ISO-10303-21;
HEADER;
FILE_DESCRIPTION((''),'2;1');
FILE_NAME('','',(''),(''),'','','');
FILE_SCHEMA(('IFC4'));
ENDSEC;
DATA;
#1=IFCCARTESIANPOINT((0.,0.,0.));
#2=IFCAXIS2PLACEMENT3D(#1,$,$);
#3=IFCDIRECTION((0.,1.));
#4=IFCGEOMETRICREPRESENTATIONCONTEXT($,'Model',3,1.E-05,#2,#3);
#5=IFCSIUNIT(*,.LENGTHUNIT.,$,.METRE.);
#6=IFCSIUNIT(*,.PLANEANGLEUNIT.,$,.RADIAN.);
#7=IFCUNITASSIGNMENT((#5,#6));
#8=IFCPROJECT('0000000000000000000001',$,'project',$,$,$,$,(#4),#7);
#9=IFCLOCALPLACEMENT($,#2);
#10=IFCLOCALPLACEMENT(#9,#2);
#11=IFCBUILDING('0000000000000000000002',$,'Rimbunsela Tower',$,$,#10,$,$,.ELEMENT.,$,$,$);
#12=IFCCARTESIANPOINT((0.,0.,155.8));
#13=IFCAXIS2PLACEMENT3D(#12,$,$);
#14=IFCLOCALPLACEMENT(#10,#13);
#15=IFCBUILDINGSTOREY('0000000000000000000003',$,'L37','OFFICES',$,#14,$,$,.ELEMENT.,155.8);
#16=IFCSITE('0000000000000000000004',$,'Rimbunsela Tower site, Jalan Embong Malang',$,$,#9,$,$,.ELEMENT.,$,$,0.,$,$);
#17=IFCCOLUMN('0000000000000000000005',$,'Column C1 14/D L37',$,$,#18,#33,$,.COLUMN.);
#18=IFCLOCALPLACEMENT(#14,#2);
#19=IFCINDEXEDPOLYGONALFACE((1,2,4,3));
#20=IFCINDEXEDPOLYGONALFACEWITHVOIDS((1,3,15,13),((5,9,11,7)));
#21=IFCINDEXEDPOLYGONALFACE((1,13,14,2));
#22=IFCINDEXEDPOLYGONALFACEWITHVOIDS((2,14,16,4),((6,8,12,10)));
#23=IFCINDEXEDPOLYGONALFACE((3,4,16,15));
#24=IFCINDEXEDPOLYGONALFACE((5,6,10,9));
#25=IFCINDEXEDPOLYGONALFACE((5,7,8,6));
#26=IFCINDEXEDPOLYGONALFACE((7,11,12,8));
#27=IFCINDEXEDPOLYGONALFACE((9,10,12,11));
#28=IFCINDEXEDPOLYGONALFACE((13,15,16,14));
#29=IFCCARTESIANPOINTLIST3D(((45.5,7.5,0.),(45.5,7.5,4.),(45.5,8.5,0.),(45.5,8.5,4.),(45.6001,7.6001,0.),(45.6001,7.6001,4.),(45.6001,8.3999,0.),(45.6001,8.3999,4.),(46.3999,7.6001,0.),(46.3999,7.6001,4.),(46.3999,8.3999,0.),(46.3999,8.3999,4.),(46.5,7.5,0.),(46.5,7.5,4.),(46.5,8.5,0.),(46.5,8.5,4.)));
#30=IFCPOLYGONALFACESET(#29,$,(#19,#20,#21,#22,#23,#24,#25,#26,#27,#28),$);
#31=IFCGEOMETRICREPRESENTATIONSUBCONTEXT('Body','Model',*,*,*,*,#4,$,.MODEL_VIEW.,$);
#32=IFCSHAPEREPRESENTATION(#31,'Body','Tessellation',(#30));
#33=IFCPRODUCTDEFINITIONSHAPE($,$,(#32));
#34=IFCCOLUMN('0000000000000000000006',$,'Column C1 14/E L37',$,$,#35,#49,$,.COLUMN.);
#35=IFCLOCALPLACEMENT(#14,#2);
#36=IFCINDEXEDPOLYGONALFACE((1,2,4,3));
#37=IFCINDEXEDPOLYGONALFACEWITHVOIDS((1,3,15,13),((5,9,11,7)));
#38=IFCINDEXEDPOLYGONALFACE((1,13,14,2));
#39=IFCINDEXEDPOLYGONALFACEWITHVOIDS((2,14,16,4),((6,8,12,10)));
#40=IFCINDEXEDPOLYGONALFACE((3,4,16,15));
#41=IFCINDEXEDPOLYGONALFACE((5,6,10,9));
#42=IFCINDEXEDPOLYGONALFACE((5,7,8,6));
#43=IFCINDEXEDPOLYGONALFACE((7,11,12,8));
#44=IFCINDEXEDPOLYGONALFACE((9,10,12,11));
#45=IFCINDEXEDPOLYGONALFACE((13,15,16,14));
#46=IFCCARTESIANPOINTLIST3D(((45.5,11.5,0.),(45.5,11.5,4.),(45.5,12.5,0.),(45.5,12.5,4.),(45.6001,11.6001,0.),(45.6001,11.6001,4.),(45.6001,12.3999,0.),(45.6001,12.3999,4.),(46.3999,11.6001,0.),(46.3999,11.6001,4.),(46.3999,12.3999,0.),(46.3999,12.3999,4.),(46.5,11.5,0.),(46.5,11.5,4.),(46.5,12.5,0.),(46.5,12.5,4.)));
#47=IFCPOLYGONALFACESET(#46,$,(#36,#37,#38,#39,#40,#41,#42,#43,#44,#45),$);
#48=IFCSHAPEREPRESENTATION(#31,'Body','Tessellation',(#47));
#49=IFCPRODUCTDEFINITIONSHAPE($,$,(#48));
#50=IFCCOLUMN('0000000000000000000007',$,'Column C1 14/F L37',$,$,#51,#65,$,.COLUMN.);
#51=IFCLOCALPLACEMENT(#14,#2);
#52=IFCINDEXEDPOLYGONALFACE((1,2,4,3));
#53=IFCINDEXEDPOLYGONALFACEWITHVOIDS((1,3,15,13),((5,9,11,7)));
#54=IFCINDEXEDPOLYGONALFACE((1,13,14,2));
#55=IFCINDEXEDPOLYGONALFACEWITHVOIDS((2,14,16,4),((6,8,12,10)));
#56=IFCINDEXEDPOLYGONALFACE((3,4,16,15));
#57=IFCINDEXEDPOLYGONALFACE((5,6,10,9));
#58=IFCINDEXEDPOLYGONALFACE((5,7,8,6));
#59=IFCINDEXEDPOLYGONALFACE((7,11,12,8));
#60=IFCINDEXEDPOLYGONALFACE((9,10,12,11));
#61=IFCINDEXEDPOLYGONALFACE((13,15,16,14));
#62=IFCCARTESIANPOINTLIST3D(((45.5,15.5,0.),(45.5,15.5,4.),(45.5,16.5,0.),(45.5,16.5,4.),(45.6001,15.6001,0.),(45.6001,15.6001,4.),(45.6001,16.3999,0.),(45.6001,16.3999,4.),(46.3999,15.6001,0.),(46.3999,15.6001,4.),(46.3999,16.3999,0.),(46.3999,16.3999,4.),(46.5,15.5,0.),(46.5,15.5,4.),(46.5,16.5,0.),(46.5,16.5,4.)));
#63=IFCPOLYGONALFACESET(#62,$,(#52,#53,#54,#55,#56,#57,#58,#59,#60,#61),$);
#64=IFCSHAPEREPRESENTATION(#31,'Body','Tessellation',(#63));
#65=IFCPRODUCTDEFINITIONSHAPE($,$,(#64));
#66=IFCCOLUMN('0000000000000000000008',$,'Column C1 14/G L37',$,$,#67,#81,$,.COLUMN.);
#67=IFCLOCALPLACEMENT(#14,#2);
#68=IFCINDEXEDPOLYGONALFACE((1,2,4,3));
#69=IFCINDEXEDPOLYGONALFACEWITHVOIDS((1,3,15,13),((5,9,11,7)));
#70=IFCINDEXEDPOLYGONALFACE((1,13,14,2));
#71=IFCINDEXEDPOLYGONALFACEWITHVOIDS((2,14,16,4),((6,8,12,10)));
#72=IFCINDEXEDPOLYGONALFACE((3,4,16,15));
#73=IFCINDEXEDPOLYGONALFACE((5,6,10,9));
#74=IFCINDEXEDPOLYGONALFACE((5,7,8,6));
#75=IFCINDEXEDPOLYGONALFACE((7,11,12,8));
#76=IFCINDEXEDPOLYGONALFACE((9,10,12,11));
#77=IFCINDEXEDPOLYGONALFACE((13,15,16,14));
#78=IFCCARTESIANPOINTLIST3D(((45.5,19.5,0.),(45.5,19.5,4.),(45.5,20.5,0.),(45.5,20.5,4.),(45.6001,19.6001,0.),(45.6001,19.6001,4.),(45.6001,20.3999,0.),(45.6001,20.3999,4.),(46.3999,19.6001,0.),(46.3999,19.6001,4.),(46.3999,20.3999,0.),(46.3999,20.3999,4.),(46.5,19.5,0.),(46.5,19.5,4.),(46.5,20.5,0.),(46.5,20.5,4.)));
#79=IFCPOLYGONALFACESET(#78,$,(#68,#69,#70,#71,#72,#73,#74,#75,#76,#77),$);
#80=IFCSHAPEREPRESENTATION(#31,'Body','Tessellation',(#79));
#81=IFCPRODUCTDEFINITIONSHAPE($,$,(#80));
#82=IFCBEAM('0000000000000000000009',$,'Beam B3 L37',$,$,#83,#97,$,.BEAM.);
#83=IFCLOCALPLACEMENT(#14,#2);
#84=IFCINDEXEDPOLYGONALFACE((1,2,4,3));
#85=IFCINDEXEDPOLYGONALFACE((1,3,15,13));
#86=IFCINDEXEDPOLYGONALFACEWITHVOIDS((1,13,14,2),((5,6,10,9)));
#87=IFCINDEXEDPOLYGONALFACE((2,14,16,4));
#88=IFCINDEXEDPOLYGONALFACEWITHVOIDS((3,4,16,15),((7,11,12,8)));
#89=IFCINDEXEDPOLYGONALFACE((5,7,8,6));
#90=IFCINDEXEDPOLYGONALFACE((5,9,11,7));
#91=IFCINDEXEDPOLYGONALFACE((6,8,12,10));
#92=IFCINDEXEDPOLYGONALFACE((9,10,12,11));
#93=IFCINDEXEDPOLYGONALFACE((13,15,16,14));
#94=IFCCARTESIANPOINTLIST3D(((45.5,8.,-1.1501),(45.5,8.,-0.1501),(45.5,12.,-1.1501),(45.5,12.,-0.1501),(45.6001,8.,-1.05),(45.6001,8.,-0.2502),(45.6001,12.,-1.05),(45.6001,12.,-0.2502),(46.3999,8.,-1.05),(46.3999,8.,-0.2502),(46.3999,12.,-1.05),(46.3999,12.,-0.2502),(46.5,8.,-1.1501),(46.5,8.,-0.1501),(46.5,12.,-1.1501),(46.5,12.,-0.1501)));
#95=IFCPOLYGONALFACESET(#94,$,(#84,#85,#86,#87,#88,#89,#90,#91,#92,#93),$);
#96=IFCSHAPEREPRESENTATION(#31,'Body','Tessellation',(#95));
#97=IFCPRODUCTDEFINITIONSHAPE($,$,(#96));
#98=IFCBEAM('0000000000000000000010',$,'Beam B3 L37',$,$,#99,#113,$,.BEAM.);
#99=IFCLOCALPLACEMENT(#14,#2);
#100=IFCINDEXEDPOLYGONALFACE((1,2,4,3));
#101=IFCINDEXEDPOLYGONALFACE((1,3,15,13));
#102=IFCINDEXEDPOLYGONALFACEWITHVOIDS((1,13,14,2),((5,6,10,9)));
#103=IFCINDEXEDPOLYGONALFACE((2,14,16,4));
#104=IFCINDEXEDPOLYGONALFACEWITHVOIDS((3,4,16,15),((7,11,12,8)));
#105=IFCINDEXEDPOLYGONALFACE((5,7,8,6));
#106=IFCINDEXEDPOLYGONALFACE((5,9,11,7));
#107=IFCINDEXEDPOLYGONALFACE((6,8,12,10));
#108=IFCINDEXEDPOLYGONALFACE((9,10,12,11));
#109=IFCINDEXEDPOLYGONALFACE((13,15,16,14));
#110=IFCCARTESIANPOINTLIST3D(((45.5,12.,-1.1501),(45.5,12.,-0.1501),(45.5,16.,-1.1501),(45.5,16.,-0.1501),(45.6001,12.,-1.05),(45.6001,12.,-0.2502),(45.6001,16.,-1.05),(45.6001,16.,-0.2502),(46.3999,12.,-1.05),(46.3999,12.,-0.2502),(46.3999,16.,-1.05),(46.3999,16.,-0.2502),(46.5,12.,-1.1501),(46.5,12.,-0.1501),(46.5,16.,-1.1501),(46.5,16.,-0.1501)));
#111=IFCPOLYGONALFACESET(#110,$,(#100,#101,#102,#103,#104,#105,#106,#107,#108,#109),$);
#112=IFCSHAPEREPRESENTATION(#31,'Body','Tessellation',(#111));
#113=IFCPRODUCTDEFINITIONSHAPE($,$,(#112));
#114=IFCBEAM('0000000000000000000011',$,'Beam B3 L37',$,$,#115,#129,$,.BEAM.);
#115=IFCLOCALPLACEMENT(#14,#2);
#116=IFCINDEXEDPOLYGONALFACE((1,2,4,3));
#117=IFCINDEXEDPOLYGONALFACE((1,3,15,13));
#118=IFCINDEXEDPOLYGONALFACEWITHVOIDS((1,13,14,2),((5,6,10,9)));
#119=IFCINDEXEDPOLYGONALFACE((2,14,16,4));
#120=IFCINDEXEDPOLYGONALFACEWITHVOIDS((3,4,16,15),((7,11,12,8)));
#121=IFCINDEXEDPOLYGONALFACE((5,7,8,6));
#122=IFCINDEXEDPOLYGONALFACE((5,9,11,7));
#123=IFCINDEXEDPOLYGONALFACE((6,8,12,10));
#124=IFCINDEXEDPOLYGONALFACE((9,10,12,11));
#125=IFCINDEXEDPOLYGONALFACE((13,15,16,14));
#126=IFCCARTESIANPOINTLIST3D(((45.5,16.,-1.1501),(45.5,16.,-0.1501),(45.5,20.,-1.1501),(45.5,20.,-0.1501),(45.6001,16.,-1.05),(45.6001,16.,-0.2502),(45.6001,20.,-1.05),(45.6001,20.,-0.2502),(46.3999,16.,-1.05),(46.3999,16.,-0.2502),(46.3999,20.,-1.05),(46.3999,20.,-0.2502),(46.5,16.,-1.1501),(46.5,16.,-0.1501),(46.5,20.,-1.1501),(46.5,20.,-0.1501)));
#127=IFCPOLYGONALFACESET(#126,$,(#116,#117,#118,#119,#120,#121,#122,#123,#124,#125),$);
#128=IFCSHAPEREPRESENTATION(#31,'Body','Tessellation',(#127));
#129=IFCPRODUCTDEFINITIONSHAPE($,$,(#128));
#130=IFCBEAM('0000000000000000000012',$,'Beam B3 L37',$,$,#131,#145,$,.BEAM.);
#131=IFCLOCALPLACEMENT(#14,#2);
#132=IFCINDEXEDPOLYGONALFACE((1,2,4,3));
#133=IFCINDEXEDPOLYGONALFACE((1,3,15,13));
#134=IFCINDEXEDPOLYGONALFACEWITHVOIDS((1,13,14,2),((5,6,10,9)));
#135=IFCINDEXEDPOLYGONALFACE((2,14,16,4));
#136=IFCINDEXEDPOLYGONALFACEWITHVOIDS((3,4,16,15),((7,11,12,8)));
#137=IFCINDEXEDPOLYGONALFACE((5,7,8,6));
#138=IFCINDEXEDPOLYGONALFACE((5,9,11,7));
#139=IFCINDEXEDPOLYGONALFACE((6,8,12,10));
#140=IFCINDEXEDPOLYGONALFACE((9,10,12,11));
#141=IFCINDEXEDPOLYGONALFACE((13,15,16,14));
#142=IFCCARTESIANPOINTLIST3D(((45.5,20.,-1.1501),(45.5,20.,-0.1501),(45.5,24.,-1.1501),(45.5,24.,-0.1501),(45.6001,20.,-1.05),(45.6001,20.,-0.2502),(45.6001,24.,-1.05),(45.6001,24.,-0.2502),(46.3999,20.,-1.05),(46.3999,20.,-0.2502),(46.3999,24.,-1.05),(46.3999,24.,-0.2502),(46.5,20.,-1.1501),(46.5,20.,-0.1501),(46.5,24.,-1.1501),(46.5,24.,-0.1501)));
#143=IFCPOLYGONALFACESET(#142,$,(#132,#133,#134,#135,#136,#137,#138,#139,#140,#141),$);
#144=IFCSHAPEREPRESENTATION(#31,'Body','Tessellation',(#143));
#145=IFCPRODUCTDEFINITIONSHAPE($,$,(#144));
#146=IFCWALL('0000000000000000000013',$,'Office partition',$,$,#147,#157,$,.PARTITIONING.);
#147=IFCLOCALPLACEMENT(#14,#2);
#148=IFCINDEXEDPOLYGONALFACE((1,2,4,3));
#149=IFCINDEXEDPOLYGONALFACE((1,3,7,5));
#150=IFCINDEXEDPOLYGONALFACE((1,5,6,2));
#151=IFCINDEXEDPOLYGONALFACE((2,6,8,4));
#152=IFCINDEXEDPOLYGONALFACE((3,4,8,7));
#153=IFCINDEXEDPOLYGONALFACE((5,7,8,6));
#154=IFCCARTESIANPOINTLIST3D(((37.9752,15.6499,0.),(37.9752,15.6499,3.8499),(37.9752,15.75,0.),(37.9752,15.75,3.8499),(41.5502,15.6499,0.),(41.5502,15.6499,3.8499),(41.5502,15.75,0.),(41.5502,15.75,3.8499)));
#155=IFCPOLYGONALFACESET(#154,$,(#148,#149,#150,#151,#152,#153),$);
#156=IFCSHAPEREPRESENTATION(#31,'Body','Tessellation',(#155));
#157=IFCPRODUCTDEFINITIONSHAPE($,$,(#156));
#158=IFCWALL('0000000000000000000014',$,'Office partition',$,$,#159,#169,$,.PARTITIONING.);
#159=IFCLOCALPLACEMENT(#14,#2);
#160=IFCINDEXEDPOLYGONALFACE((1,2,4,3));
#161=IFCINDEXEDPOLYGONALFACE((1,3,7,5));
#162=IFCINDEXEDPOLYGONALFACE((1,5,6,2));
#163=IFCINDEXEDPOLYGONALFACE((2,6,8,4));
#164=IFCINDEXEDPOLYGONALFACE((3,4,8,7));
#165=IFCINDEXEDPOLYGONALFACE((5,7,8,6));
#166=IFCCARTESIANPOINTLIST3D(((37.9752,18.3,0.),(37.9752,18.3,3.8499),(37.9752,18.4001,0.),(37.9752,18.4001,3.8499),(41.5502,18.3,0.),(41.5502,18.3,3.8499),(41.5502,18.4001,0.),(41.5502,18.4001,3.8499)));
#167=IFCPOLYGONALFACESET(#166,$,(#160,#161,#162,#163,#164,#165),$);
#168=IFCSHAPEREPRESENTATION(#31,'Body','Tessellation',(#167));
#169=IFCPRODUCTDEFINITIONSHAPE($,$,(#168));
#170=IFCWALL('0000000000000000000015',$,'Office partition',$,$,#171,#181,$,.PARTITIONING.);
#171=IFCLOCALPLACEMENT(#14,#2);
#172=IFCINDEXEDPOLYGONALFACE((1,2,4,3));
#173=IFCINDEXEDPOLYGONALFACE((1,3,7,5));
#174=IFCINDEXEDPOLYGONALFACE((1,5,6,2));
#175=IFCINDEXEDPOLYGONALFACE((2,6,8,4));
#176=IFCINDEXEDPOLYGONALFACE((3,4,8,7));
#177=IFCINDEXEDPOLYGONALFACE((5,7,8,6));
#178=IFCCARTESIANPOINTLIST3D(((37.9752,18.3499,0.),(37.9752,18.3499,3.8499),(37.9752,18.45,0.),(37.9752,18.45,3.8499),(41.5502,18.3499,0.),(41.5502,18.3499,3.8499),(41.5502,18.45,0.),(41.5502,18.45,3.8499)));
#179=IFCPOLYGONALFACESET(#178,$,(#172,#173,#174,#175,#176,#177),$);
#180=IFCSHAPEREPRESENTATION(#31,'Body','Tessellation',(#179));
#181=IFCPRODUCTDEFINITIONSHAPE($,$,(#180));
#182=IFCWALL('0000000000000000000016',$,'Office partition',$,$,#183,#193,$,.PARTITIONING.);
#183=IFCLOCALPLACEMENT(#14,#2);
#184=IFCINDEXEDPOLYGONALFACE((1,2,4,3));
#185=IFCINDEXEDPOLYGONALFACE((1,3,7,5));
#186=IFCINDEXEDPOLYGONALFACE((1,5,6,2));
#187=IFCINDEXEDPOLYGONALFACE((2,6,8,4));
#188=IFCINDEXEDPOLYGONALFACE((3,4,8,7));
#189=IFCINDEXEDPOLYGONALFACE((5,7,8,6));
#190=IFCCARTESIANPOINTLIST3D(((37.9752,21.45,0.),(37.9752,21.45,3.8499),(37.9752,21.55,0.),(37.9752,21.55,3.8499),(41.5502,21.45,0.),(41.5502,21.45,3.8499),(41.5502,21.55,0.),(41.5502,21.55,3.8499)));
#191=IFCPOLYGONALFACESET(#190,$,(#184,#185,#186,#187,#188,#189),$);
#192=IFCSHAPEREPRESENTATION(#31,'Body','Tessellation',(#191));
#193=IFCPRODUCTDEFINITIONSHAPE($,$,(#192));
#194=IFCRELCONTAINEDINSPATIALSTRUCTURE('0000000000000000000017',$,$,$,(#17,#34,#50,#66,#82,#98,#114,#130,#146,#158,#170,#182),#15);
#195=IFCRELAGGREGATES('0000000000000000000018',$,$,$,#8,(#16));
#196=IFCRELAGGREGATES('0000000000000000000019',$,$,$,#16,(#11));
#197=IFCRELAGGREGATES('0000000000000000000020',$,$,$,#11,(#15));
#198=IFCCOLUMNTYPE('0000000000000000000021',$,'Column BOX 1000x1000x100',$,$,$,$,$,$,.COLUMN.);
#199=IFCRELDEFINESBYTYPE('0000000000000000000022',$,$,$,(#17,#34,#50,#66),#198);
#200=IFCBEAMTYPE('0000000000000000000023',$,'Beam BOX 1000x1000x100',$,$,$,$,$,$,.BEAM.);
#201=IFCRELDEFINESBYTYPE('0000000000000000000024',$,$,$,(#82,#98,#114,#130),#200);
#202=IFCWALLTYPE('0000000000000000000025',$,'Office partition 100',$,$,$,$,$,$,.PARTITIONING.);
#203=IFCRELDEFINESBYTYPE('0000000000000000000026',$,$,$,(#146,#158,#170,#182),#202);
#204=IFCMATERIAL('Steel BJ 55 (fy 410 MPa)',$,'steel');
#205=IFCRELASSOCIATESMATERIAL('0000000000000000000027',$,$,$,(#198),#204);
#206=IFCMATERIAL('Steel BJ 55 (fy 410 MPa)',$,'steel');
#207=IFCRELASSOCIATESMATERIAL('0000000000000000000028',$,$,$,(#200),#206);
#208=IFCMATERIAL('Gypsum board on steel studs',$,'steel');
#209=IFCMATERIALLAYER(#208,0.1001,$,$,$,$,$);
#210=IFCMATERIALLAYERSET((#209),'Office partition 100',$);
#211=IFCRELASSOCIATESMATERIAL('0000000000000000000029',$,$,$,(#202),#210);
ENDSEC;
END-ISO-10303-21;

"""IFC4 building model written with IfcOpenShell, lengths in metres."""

from ifc_helpers import new_model, si_unit, direction, frame, frame_2d, origin, origin_2d, place, context, subcontext, project, spatial, rectangle, hollow_rectangle, extrude, material, layer, layer_set, material_profile, profile_set, type_object, element, save


model = new_model("IFC4")

# Units and contexts
model_context = context("Model", 3, precision=1e-05, world=origin(), true_north=direction((0.0, 1.0)))
body_context = subcontext(model_context, "Body", "Model", "MODEL_VIEW")
ifc_project = project(units=[si_unit("LENGTHUNIT", "METRE"), si_unit("PLANEANGLEUNIT", "RADIAN")], contexts=[model_context])

# Site, building, storey
site_placement = place(None, origin())
site = spatial("IfcSite", under=ifc_project, at=site_placement, Name="Rimbunsela Tower site, Jalan Embong Malang", CompositionType="ELEMENT", RefElevation=0.0)
building_placement = place(site_placement, origin())
building = spatial("IfcBuilding", under=site, at=building_placement, Name="Rimbunsela Tower", CompositionType="ELEMENT")
storey_placement = place(building_placement, frame((0.0, 0.0, 155.8)))
storey = spatial("IfcBuildingStorey", under=building, at=storey_placement, Name="L37", Description="OFFICES", CompositionType="ELEMENT", Elevation=155.8)

# Columns
ifc_material_1 = material(Name="Steel BJ 55 (fy 410 MPa)", Category="steel")
ifc_material_profile_1 = material_profile(ifc_material_1, hollow_rectangle(XDim=1.0, YDim=1.0, WallThickness=0.1001, at=origin_2d()), Name="BOX 1000x1000x100")
ifc_profile_set_1 = profile_set([ifc_material_profile_1], Name="Steel BJ 55 (fy 410 MPa)")
column_type = type_object("IfcColumnType", Name="Column BOX 1000x1000x100", PredefinedType="COLUMN", material=ifc_profile_set_1)
for number, where, z_axis, x_axis, name in (
    (1, (46.0, 8.0, 0.0), (0.0, 0.0, 1.0), (1.0, 0.0, 0.0), "Column C1 14/D L37"),
    (2, (46.0, 12.0, 0.0), (0.0, 0.0, 1.0), (1.0, 0.0, 0.0), "Column C1 14/E L37"),
    (3, (46.0, 16.0, 0.0), (0.0, 0.0, 1.0), (1.0, 0.0, 0.0), "Column C1 14/F L37"),
    (4, (46.0, 20.0, 0.0), (0.0, 0.0, 1.0), (1.0, 0.0, 0.0), "Column C1 14/G L37"),
):
    element("IfcColumn", number, at=place(storey_placement, frame(where, z_axis=z_axis, x_axis=x_axis)), inside=storey, type_object=column_type, Name=name, PredefinedType="COLUMN", context=body_context, shape_type="SweptSolid", body=[
        extrude(hollow_rectangle(XDim=1.0, YDim=1.0, WallThickness=0.1001, at=origin_2d()), origin(), (0.0, 0.0, 1.0), 4.0),
    ])

# Beams
ifc_material_2 = material(Name="Steel BJ 55 (fy 410 MPa)", Category="steel")
ifc_material_profile_2 = material_profile(ifc_material_2, hollow_rectangle(XDim=1.0, YDim=1.0, WallThickness=0.1001, at=origin_2d()), Name="BOX 1000x1000x100")
ifc_profile_set_2 = profile_set([ifc_material_profile_2], Name="Steel BJ 55 (fy 410 MPa)")
beam_type = type_object("IfcBeamType", Name="Beam BOX 1000x1000x100", PredefinedType="BEAM", material=ifc_profile_set_2)
for number, where, z_axis, x_axis, name in (
    (5, (46.0, 8.0, -0.6501), (0.0, 1.0, 0.0), (-1.0, 0.0, 0.0), "Beam B3 L37"),
    (6, (46.0, 12.0, -0.6501), (0.0, 1.0, 0.0), (-1.0, 0.0, 0.0), "Beam B3 L37"),
    (7, (46.0, 16.0, -0.6501), (0.0, 1.0, 0.0), (-1.0, 0.0, 0.0), "Beam B3 L37"),
    (8, (46.0, 20.0, -0.6501), (0.0, 1.0, 0.0), (-1.0, 0.0, 0.0), "Beam B3 L37"),
):
    element("IfcBeam", number, at=place(storey_placement, frame(where, z_axis=z_axis, x_axis=x_axis)), inside=storey, type_object=beam_type, Name=name, PredefinedType="BEAM", context=body_context, shape_type="SweptSolid", body=[
        extrude(hollow_rectangle(XDim=1.0, YDim=1.0, WallThickness=0.1001, at=origin_2d()), origin(), (0.0, 0.0, 1.0), 4.0),
    ])

# Walls
ifc_material_3 = material(Name="Gypsum board on steel studs", Category="steel")
ifc_layer_1 = layer(ifc_material_3, 0.1001)
ifc_layer_set_1 = layer_set([ifc_layer_1], Name="Office partition 100")
wall_type_1 = type_object("IfcWallType", Name="Office partition 100", PredefinedType="PARTITIONING", material=ifc_layer_set_1)
for number, where, z_axis, x_axis, name in (
    (9, (37.9751, 15.7, 0.0), (0.0, 0.0, 1.0), (1.0, 0.0, 0.0), "Office partition"),
    (10, (37.9751, 18.3501, 0.0), (0.0, 0.0, 1.0), (1.0, 0.0, 0.0), "Office partition"),
    (11, (37.9751, 18.3999, 0.0), (0.0, 0.0, 1.0), (1.0, 0.0, 0.0), "Office partition"),
    (12, (37.9751, 21.5, 0.0), (0.0, 0.0, 1.0), (1.0, 0.0, 0.0), "Office partition"),
):
    element("IfcWall", number, at=place(storey_placement, frame(where, z_axis=z_axis, x_axis=x_axis)), inside=storey, type_object=wall_type_1, Name=name, PredefinedType="PARTITIONING", context=body_context, shape_type="SweptSolid", body=[
        extrude(rectangle(XDim=3.575, YDim=0.1001, at=frame_2d((1.7876, 0.0))), origin(), (0.0, 0.0, 1.0), 3.8499),
    ])

save(model, "model.ifc")
